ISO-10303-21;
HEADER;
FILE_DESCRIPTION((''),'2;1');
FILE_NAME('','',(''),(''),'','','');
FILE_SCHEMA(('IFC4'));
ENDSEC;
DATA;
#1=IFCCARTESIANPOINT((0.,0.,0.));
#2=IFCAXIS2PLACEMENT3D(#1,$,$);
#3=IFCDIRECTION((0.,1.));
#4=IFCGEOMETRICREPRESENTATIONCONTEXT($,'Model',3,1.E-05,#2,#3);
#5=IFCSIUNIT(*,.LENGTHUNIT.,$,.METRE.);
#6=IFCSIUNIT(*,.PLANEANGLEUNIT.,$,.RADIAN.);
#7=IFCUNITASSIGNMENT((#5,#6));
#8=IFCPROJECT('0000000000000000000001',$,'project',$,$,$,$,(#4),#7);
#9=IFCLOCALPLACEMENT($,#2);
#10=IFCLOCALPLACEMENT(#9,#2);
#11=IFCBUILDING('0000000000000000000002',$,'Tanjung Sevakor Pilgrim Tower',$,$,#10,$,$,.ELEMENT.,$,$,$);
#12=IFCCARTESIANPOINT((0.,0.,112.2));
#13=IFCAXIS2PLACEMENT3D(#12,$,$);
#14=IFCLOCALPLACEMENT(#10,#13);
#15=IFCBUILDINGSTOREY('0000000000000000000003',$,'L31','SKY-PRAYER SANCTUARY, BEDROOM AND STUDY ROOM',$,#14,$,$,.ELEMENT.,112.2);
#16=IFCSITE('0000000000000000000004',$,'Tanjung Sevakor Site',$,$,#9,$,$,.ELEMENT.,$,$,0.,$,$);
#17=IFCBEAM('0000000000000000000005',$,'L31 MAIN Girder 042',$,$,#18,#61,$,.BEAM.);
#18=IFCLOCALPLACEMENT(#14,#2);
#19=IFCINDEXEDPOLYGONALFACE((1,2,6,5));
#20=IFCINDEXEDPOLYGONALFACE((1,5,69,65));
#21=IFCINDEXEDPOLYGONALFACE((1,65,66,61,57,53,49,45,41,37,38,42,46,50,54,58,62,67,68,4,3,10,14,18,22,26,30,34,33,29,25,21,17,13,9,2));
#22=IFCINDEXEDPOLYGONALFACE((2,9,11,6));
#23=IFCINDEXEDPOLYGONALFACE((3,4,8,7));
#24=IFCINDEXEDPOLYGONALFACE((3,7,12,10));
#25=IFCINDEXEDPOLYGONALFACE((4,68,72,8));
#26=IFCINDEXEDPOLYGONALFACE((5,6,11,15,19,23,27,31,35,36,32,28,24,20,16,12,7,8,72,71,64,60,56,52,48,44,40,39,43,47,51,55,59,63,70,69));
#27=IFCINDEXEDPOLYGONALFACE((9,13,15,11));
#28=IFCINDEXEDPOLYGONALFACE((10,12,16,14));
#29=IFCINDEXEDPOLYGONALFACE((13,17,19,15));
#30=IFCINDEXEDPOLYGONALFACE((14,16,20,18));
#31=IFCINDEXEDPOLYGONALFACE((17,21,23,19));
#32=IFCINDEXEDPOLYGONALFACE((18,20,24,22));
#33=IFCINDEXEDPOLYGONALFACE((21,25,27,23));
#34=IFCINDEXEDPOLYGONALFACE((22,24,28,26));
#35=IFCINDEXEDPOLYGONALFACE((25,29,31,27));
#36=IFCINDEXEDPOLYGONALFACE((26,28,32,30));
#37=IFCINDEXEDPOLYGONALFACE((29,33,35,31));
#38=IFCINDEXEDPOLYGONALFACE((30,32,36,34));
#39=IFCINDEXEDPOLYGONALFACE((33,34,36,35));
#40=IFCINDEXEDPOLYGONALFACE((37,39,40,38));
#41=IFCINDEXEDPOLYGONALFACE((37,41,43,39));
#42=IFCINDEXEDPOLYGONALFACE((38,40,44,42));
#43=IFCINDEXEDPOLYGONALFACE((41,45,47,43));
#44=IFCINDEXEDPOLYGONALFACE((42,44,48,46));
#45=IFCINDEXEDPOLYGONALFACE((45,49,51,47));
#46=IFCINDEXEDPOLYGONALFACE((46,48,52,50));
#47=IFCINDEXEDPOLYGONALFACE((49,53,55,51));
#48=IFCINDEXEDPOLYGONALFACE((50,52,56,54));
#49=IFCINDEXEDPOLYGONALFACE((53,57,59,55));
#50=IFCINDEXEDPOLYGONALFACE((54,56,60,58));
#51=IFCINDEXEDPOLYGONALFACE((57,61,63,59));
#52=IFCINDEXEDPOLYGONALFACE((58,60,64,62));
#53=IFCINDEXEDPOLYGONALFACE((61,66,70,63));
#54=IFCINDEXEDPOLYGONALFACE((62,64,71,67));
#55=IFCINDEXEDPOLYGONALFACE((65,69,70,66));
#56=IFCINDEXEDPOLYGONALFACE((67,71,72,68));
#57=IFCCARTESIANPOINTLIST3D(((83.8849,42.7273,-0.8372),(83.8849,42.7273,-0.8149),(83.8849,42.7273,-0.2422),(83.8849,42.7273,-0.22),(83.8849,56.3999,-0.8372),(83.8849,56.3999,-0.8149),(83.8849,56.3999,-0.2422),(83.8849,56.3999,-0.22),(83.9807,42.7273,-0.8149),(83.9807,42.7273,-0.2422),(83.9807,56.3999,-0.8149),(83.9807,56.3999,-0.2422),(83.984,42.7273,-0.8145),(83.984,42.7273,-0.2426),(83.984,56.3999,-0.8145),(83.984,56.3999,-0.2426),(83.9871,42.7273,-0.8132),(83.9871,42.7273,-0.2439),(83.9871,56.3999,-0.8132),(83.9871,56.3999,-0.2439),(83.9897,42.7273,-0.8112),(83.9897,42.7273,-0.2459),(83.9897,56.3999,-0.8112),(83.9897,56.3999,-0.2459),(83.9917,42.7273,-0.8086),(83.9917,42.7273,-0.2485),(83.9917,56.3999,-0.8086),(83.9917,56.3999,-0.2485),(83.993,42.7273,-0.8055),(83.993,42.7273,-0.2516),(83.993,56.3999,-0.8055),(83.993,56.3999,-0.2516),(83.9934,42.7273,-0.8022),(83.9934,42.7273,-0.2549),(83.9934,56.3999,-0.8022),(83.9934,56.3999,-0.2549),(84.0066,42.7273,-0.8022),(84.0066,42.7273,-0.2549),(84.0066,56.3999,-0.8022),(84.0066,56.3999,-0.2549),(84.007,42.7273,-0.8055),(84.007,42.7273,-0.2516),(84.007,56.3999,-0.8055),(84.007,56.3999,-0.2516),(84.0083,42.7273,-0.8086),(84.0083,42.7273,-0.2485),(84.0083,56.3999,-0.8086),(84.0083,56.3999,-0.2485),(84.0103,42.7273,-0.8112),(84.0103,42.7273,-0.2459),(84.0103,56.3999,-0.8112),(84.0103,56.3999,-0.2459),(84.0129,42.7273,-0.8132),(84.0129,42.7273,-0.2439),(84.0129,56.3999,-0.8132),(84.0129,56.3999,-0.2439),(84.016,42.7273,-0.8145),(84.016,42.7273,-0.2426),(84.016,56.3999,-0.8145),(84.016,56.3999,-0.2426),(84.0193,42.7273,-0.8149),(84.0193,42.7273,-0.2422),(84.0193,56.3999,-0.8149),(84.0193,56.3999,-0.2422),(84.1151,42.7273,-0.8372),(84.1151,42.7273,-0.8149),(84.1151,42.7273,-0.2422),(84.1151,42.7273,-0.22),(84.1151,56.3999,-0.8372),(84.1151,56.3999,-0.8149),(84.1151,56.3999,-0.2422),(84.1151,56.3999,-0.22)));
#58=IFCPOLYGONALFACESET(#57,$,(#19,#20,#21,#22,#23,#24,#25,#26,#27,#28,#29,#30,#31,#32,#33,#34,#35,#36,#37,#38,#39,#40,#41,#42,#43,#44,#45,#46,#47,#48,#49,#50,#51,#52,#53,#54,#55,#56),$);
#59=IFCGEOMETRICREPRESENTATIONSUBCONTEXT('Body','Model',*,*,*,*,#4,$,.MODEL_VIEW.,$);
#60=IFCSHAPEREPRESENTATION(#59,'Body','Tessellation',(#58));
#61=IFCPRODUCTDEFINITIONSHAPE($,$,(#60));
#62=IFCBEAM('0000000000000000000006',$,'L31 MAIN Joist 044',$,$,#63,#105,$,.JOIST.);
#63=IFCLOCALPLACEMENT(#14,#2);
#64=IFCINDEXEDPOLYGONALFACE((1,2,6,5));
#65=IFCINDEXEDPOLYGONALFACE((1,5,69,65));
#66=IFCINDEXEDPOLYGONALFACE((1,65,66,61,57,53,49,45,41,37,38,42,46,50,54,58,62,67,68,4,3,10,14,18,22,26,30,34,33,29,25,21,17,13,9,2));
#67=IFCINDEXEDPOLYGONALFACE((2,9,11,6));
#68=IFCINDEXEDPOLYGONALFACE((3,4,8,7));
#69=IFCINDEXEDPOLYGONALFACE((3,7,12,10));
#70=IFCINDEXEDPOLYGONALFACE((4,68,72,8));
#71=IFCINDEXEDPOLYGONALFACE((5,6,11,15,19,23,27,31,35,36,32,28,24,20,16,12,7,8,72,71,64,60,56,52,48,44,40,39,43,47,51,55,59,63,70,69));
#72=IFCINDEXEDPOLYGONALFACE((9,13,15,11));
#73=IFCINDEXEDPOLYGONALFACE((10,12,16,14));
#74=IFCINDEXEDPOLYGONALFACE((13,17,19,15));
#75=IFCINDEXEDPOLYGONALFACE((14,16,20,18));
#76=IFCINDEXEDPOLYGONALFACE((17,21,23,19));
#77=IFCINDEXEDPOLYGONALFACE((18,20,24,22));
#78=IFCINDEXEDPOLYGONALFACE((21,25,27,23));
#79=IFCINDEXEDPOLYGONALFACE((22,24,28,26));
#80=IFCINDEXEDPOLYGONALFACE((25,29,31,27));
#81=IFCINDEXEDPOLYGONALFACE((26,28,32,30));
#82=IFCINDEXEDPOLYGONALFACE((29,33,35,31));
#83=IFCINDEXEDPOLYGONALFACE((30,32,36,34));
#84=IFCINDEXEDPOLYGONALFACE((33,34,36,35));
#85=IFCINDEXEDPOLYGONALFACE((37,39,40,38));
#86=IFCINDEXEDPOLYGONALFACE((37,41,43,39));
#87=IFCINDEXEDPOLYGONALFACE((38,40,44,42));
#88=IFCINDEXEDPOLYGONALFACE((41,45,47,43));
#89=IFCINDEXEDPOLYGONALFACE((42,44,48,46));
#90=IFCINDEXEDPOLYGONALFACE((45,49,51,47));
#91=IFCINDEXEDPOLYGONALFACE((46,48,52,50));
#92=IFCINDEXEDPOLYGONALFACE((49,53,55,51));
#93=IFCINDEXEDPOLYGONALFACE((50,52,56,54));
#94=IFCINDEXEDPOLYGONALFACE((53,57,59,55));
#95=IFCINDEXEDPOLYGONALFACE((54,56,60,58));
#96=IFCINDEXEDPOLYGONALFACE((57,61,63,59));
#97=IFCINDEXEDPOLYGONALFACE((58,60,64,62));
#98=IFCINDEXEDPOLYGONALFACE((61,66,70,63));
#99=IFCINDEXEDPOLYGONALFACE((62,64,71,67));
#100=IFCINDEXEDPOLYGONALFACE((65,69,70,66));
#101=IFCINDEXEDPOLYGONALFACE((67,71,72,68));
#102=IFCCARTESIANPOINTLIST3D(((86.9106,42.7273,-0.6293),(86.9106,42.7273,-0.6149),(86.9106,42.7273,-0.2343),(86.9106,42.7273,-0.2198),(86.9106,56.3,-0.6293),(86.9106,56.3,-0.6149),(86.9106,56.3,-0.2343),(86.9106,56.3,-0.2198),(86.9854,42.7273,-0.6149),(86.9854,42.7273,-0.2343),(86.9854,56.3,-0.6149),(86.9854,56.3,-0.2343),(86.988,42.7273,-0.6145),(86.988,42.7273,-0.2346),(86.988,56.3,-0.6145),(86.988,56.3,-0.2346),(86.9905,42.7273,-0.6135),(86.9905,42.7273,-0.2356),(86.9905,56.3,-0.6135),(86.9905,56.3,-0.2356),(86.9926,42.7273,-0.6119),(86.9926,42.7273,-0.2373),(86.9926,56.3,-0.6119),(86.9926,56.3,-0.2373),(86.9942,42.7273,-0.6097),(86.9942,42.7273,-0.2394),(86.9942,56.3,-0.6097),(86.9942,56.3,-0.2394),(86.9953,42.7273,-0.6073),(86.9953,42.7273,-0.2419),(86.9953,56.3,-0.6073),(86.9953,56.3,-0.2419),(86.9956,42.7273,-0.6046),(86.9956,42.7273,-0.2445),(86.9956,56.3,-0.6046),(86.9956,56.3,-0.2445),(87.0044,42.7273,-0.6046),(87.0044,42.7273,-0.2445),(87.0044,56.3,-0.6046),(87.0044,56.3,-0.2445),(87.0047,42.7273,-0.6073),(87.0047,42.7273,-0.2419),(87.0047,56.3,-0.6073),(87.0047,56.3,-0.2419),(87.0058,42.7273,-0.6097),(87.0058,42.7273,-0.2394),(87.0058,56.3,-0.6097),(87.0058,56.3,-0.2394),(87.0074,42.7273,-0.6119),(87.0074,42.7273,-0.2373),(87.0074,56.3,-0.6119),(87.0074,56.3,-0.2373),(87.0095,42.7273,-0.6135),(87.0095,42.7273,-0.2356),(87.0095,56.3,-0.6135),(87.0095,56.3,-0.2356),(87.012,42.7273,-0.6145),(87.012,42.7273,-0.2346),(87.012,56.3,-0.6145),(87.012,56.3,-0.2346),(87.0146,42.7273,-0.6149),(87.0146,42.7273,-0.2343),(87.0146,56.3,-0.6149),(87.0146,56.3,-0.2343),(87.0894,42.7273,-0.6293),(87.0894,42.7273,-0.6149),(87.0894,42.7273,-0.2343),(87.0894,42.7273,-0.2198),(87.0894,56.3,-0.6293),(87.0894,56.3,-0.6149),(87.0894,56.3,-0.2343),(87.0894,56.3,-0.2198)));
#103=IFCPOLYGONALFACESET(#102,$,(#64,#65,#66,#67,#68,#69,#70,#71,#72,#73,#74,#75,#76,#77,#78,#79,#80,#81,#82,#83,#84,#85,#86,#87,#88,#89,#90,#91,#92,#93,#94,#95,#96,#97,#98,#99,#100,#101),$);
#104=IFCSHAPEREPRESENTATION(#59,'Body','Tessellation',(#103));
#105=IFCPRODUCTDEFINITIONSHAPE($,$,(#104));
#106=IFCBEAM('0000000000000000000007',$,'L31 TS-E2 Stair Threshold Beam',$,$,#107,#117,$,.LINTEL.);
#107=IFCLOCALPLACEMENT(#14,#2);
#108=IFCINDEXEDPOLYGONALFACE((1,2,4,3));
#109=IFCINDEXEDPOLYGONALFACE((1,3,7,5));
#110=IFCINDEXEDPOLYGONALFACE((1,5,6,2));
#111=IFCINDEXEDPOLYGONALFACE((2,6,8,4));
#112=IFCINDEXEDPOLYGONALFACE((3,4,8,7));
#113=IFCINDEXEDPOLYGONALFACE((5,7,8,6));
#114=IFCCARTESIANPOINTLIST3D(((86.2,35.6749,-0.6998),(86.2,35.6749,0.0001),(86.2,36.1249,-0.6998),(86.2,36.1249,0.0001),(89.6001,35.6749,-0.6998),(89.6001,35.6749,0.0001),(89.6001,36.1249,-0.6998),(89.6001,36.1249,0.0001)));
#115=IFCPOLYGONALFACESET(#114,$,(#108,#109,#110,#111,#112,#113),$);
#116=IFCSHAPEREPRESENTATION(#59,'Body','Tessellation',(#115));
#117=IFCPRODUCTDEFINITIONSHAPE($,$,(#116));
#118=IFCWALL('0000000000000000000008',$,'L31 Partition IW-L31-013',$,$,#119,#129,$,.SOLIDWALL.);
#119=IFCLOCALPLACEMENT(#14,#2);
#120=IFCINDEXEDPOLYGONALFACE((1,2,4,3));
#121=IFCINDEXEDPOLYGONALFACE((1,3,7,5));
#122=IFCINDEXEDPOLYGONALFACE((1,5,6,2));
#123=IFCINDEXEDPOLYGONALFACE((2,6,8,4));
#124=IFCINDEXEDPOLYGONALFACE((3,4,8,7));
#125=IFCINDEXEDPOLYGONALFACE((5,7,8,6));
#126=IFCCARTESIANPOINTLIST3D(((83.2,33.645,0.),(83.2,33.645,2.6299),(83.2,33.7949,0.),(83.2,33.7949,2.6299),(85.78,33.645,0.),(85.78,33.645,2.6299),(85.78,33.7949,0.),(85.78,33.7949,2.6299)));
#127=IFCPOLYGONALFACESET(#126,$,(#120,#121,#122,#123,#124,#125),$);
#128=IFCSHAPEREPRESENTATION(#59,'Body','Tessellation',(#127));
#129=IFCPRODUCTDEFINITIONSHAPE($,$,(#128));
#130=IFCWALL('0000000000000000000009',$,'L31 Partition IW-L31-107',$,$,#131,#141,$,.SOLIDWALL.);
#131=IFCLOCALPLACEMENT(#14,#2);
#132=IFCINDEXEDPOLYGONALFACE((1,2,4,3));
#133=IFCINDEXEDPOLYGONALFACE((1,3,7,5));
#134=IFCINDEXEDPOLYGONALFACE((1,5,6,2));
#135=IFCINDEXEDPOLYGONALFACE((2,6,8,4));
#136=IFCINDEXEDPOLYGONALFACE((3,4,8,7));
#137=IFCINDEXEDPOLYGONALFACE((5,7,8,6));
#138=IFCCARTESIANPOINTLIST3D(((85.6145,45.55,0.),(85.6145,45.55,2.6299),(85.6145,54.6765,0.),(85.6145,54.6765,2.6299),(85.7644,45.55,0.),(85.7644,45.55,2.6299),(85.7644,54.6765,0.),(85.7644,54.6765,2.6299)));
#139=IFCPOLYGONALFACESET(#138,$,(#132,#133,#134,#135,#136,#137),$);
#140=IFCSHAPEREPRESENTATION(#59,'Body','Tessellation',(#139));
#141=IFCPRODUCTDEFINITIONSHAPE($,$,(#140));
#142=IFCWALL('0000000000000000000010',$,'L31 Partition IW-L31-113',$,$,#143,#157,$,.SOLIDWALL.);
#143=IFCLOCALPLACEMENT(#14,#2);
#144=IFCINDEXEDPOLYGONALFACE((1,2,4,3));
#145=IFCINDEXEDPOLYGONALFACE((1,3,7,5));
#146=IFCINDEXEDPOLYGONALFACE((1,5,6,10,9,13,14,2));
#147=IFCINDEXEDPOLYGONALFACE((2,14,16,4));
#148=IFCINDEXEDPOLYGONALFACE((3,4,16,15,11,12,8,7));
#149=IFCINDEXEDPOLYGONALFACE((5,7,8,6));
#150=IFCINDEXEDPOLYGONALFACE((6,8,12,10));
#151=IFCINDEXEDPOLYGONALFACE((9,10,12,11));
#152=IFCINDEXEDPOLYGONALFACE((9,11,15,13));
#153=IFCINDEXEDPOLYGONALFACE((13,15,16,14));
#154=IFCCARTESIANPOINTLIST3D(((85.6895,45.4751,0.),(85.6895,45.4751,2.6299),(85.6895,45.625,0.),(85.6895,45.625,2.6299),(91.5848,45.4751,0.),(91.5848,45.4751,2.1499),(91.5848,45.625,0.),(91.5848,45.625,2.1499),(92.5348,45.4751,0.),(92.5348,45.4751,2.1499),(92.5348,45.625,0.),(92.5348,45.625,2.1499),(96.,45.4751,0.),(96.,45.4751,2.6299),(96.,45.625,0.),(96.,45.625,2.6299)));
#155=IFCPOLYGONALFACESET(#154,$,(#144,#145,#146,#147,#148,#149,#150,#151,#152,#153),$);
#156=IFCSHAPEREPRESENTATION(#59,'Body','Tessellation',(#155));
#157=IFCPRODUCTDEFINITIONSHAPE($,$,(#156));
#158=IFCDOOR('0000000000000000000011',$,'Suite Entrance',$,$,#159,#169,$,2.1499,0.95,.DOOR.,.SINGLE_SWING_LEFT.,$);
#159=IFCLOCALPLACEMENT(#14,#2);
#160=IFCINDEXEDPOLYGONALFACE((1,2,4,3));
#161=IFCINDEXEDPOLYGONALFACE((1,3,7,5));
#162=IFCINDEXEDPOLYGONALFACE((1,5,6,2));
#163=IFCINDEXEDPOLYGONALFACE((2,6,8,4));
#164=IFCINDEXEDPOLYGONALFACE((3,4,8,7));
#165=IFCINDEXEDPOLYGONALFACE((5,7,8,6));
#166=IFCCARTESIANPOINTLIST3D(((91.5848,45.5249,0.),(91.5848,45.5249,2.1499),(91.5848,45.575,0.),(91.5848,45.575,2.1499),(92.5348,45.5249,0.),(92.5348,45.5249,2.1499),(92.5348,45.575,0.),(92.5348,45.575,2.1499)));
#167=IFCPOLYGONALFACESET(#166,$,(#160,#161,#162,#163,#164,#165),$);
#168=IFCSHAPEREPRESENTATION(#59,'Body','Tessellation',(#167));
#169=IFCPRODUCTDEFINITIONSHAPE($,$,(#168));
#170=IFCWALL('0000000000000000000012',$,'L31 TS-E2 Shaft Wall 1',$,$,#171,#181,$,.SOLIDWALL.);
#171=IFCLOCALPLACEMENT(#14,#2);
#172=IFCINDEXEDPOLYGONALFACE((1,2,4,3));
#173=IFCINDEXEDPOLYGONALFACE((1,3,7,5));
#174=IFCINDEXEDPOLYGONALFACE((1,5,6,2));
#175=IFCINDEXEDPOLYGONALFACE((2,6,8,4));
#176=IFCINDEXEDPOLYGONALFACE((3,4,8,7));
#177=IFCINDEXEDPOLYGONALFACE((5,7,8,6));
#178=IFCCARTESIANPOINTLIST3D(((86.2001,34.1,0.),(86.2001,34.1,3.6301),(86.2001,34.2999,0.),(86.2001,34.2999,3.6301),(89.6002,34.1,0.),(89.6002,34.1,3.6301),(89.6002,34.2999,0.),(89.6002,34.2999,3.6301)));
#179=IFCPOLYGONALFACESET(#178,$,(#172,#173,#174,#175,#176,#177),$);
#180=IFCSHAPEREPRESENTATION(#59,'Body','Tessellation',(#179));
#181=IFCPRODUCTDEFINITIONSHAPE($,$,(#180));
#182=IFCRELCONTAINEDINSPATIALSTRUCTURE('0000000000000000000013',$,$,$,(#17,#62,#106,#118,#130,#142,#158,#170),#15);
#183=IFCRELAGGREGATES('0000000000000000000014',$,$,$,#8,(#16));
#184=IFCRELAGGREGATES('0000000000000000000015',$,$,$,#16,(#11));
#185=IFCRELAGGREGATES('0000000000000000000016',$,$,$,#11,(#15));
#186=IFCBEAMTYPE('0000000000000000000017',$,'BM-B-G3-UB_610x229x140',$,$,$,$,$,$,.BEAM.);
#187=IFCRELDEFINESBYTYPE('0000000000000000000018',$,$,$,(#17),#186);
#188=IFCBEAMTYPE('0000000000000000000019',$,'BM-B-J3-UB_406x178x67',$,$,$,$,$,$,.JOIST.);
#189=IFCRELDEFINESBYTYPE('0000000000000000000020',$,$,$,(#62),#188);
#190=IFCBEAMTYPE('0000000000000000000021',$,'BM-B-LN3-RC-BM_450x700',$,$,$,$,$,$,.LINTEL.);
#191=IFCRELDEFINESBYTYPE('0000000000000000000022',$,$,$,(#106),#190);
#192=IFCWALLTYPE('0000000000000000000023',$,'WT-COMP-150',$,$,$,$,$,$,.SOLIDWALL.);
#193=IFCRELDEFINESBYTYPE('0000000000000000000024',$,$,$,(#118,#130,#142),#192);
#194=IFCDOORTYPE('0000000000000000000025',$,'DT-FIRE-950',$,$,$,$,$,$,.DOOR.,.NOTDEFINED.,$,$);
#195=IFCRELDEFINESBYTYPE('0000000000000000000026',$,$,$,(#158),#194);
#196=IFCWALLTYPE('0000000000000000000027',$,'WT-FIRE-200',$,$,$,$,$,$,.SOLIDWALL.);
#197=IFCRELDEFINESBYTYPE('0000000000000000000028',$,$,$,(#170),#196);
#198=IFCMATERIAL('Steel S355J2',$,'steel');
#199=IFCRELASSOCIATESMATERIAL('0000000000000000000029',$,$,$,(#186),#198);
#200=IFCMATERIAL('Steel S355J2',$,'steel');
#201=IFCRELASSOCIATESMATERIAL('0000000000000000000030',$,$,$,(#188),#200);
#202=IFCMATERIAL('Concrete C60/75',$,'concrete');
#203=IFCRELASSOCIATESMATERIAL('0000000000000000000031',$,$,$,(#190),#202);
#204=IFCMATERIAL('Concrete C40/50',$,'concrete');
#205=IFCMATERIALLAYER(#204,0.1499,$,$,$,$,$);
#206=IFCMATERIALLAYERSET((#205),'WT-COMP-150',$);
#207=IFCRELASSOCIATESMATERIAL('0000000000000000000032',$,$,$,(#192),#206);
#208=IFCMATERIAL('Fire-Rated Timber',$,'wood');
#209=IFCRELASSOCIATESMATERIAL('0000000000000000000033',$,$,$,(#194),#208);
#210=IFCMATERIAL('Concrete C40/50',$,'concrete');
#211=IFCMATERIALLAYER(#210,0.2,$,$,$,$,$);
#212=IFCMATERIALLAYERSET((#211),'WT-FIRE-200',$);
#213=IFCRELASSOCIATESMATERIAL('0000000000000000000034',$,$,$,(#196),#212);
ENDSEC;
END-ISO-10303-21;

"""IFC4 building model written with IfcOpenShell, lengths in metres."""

from ifc_helpers import new_model, si_unit, direction, frame, frame_2d, origin, origin_2d, place, context, subcontext, project, spatial, rectangle, i_section, extrude, material, layer, layer_set, material_profile, profile_set, type_object, element, fill, save


model = new_model("IFC4")

# Units and contexts
model_context = context("Model", 3, precision=1e-05, world=origin(), true_north=direction((0.0, 1.0)))
body_context = subcontext(model_context, "Body", "Model", "MODEL_VIEW")
ifc_project = project(units=[si_unit("LENGTHUNIT", "METRE"), si_unit("PLANEANGLEUNIT", "RADIAN")], contexts=[model_context])

# Site, building, storey
site_placement = place(None, origin())
site = spatial("IfcSite", under=ifc_project, at=site_placement, Name="Tanjung Sevakor Site", CompositionType="ELEMENT", RefElevation=0.0)
building_placement = place(site_placement, origin())
building = spatial("IfcBuilding", under=site, at=building_placement, Name="Tanjung Sevakor Pilgrim Tower", CompositionType="ELEMENT")
storey_placement = place(building_placement, frame((0.0, 0.0, 112.2)))
storey = spatial("IfcBuildingStorey", under=building, at=storey_placement, Name="L31", Description="SKY-PRAYER SANCTUARY, BEDROOM AND STUDY ROOM", CompositionType="ELEMENT", Elevation=112.2)

# Beams
ifc_material_1 = material(Name="Steel S355J2", Category="steel")
ifc_material_profile_1 = material_profile(ifc_material_1, i_section(OverallWidth=0.2302, OverallDepth=0.6172, WebThickness=0.0132, FlangeThickness=0.0222, FilletRadius=0.0127, at=origin_2d()))
ifc_profile_set_1 = profile_set([ifc_material_profile_1], Name="Steel S355J2")
beam_type_1 = type_object("IfcBeamType", Name="BM-B-G3-UB_610x229x140", PredefinedType="BEAM", material=ifc_profile_set_1)
beam_1_placement = place(storey_placement, frame((84.0, 42.7273, -0.5286), z_axis=(0.0, 1.0, 0.0), x_axis=(-1.0, 0.0, 0.0)))
element("IfcBeam", 1, at=beam_1_placement, inside=storey, type_object=beam_type_1, Name="L31 MAIN Girder 042", PredefinedType="BEAM", context=body_context, shape_type="SweptSolid", body=[
    extrude(i_section(OverallWidth=0.2302, OverallDepth=0.6172, WebThickness=0.0132, FlangeThickness=0.0222, FilletRadius=0.0127, at=origin_2d()), origin(), (0.0, 0.0, 1.0), 13.6726),
])
ifc_material_2 = material(Name="Steel S355J2", Category="steel")
ifc_material_profile_2 = material_profile(ifc_material_2, i_section(OverallWidth=0.1787, OverallDepth=0.4094, WebThickness=0.0088, FlangeThickness=0.0144, FilletRadius=0.0103, at=origin_2d()))
ifc_profile_set_2 = profile_set([ifc_material_profile_2], Name="Steel S355J2")
beam_type_2 = type_object("IfcBeamType", Name="BM-B-J3-UB_406x178x67", PredefinedType="JOIST", material=ifc_profile_set_2)
beam_2_placement = place(storey_placement, frame((87.0, 42.7273, -0.4246), z_axis=(0.0, 1.0, 0.0), x_axis=(-1.0, 0.0, 0.0)))
element("IfcBeam", 2, at=beam_2_placement, inside=storey, type_object=beam_type_2, Name="L31 MAIN Joist 044", PredefinedType="JOIST", context=body_context, shape_type="SweptSolid", body=[
    extrude(i_section(OverallWidth=0.1787, OverallDepth=0.4094, WebThickness=0.0088, FlangeThickness=0.0144, FilletRadius=0.0103, at=origin_2d()), origin(), (0.0, 0.0, 1.0), 13.5728),
])
ifc_material_3 = material(Name="Concrete C60/75", Category="concrete")
ifc_material_profile_3 = material_profile(ifc_material_3, rectangle(XDim=0.45, YDim=0.7, at=origin_2d()))
ifc_profile_set_3 = profile_set([ifc_material_profile_3], Name="Concrete C60/75")
beam_type_3 = type_object("IfcBeamType", Name="BM-B-LN3-RC-BM_450x700", PredefinedType="LINTEL", material=ifc_profile_set_3)
beam_3_placement = place(storey_placement, frame((86.2, 35.8999, -0.3499), z_axis=(1.0, 0.0, 0.0), x_axis=(0.0, 1.0, 0.0)))
element("IfcBeam", 3, at=beam_3_placement, inside=storey, type_object=beam_type_3, Name="L31 TS-E2 Stair Threshold Beam", PredefinedType="LINTEL", context=body_context, shape_type="SweptSolid", body=[
    extrude(rectangle(XDim=0.45, YDim=0.7, at=origin_2d()), origin(), (0.0, 0.0, 1.0), 3.4001),
])

# Walls
ifc_material_4 = material(Name="Concrete C40/50", Category="concrete")
ifc_layer_1 = layer(ifc_material_4, 0.1499)
ifc_layer_set_1 = layer_set([ifc_layer_1], Name="WT-COMP-150")
wall_type_1 = type_object("IfcWallType", Name="WT-COMP-150", PredefinedType="SOLIDWALL", material=ifc_layer_set_1)
wall_1_placement = place(storey_placement, frame((83.2, 33.72, 0.0), z_axis=(0.0, 0.0, 1.0), x_axis=(1.0, 0.0, 0.0)))
element("IfcWall", 4, at=wall_1_placement, inside=storey, type_object=wall_type_1, Name="L31 Partition IW-L31-013", PredefinedType="SOLIDWALL", context=body_context, shape_type="SweptSolid", body=[
    extrude(rectangle(XDim=2.5801, YDim=0.1499, at=frame_2d((1.29, 0.0))), origin(), (0.0, 0.0, 1.0), 2.6299),
])
wall_2_placement = place(storey_placement, frame((85.6895, 45.55, 0.0), z_axis=(0.0, 0.0, 1.0), x_axis=(0.0, 1.0, 0.0)))
element("IfcWall", 5, at=wall_2_placement, inside=storey, type_object=wall_type_1, Name="L31 Partition IW-L31-107", PredefinedType="SOLIDWALL", context=body_context, shape_type="SweptSolid", body=[
    extrude(rectangle(XDim=9.1265, YDim=0.1499, at=frame_2d((4.5632, 0.0))), origin(), (0.0, 0.0, 1.0), 2.6299),
])

# Wall, opening, door
wall_3_placement = place(storey_placement, frame((85.6895, 45.55, 0.0), z_axis=(0.0, 0.0, 1.0), x_axis=(1.0, 0.0, 0.0)))
wall_3 = element("IfcWall", 6, at=wall_3_placement, inside=storey, type_object=wall_type_1, Name="L31 Partition IW-L31-113", PredefinedType="SOLIDWALL", context=body_context, shape_type="SweptSolid", body=[
    extrude(rectangle(XDim=10.3105, YDim=0.1499, at=frame_2d((5.1553, 0.0))), origin(), (0.0, 0.0, 1.0), 2.6299),
])
opening_1_placement = place(wall_3_placement, frame((5.8953, 0.0, 0.0)))
opening_1 = element("IfcOpeningElement", 7, at=opening_1_placement, cuts=wall_3, PredefinedType="OPENING", context=body_context, shape_type="SweptSolid", body=[
    extrude(rectangle(XDim=0.95, YDim=2.1499, at=frame_2d((0.4751, 1.075))), frame((0.0, 0.085, 0.0), z_axis=(0.0, -1.0, 0.0), x_axis=(1.0, 0.0, 0.0)), (0.0, 0.0, 1.0), 0.1699),
])
ifc_material_5 = material(Name="Fire-Rated Timber", Category="wood")
door_type_1 = type_object("IfcDoorType", Name="DT-FIRE-950", OperationType="NOTDEFINED", PredefinedType="DOOR", material=ifc_material_5)
door_1_placement = place(opening_1_placement, origin())
door_1 = element("IfcDoor", 8, at=door_1_placement, inside=storey, type_object=door_type_1, Name="Suite Entrance", OperationType="SINGLE_SWING_LEFT", OverallHeight=2.1499, OverallWidth=0.95, PredefinedType="DOOR", context=body_context, shape_type="SweptSolid", body=[
    extrude(rectangle(XDim=0.95, YDim=2.1499, at=frame_2d((0.4751, 1.075))), frame((0.0, 0.0249, 0.0), z_axis=(0.0, -1.0, 0.0), x_axis=(1.0, 0.0, 0.0)), (0.0, 0.0, 1.0), 0.05),
])
fill(opening_1, door_1)

# Wall
ifc_material_6 = material(Name="Concrete C40/50", Category="concrete")
ifc_layer_2 = layer(ifc_material_6, 0.2)
ifc_layer_set_2 = layer_set([ifc_layer_2], Name="WT-FIRE-200")
wall_type_2 = type_object("IfcWallType", Name="WT-FIRE-200", PredefinedType="SOLIDWALL", material=ifc_layer_set_2)
wall_4_placement = place(storey_placement, frame((86.2, 34.2, 0.0), z_axis=(0.0, 0.0, 1.0), x_axis=(1.0, 0.0, 0.0)))
element("IfcWall", 9, at=wall_4_placement, inside=storey, type_object=wall_type_2, Name="L31 TS-E2 Shaft Wall 1", PredefinedType="SOLIDWALL", context=body_context, shape_type="SweptSolid", body=[
    extrude(rectangle(XDim=3.4001, YDim=0.2, at=frame_2d((1.7002, 0.0))), origin(), (0.0, 0.0, 1.0), 3.6301),
])

save(model, "model.ifc")
